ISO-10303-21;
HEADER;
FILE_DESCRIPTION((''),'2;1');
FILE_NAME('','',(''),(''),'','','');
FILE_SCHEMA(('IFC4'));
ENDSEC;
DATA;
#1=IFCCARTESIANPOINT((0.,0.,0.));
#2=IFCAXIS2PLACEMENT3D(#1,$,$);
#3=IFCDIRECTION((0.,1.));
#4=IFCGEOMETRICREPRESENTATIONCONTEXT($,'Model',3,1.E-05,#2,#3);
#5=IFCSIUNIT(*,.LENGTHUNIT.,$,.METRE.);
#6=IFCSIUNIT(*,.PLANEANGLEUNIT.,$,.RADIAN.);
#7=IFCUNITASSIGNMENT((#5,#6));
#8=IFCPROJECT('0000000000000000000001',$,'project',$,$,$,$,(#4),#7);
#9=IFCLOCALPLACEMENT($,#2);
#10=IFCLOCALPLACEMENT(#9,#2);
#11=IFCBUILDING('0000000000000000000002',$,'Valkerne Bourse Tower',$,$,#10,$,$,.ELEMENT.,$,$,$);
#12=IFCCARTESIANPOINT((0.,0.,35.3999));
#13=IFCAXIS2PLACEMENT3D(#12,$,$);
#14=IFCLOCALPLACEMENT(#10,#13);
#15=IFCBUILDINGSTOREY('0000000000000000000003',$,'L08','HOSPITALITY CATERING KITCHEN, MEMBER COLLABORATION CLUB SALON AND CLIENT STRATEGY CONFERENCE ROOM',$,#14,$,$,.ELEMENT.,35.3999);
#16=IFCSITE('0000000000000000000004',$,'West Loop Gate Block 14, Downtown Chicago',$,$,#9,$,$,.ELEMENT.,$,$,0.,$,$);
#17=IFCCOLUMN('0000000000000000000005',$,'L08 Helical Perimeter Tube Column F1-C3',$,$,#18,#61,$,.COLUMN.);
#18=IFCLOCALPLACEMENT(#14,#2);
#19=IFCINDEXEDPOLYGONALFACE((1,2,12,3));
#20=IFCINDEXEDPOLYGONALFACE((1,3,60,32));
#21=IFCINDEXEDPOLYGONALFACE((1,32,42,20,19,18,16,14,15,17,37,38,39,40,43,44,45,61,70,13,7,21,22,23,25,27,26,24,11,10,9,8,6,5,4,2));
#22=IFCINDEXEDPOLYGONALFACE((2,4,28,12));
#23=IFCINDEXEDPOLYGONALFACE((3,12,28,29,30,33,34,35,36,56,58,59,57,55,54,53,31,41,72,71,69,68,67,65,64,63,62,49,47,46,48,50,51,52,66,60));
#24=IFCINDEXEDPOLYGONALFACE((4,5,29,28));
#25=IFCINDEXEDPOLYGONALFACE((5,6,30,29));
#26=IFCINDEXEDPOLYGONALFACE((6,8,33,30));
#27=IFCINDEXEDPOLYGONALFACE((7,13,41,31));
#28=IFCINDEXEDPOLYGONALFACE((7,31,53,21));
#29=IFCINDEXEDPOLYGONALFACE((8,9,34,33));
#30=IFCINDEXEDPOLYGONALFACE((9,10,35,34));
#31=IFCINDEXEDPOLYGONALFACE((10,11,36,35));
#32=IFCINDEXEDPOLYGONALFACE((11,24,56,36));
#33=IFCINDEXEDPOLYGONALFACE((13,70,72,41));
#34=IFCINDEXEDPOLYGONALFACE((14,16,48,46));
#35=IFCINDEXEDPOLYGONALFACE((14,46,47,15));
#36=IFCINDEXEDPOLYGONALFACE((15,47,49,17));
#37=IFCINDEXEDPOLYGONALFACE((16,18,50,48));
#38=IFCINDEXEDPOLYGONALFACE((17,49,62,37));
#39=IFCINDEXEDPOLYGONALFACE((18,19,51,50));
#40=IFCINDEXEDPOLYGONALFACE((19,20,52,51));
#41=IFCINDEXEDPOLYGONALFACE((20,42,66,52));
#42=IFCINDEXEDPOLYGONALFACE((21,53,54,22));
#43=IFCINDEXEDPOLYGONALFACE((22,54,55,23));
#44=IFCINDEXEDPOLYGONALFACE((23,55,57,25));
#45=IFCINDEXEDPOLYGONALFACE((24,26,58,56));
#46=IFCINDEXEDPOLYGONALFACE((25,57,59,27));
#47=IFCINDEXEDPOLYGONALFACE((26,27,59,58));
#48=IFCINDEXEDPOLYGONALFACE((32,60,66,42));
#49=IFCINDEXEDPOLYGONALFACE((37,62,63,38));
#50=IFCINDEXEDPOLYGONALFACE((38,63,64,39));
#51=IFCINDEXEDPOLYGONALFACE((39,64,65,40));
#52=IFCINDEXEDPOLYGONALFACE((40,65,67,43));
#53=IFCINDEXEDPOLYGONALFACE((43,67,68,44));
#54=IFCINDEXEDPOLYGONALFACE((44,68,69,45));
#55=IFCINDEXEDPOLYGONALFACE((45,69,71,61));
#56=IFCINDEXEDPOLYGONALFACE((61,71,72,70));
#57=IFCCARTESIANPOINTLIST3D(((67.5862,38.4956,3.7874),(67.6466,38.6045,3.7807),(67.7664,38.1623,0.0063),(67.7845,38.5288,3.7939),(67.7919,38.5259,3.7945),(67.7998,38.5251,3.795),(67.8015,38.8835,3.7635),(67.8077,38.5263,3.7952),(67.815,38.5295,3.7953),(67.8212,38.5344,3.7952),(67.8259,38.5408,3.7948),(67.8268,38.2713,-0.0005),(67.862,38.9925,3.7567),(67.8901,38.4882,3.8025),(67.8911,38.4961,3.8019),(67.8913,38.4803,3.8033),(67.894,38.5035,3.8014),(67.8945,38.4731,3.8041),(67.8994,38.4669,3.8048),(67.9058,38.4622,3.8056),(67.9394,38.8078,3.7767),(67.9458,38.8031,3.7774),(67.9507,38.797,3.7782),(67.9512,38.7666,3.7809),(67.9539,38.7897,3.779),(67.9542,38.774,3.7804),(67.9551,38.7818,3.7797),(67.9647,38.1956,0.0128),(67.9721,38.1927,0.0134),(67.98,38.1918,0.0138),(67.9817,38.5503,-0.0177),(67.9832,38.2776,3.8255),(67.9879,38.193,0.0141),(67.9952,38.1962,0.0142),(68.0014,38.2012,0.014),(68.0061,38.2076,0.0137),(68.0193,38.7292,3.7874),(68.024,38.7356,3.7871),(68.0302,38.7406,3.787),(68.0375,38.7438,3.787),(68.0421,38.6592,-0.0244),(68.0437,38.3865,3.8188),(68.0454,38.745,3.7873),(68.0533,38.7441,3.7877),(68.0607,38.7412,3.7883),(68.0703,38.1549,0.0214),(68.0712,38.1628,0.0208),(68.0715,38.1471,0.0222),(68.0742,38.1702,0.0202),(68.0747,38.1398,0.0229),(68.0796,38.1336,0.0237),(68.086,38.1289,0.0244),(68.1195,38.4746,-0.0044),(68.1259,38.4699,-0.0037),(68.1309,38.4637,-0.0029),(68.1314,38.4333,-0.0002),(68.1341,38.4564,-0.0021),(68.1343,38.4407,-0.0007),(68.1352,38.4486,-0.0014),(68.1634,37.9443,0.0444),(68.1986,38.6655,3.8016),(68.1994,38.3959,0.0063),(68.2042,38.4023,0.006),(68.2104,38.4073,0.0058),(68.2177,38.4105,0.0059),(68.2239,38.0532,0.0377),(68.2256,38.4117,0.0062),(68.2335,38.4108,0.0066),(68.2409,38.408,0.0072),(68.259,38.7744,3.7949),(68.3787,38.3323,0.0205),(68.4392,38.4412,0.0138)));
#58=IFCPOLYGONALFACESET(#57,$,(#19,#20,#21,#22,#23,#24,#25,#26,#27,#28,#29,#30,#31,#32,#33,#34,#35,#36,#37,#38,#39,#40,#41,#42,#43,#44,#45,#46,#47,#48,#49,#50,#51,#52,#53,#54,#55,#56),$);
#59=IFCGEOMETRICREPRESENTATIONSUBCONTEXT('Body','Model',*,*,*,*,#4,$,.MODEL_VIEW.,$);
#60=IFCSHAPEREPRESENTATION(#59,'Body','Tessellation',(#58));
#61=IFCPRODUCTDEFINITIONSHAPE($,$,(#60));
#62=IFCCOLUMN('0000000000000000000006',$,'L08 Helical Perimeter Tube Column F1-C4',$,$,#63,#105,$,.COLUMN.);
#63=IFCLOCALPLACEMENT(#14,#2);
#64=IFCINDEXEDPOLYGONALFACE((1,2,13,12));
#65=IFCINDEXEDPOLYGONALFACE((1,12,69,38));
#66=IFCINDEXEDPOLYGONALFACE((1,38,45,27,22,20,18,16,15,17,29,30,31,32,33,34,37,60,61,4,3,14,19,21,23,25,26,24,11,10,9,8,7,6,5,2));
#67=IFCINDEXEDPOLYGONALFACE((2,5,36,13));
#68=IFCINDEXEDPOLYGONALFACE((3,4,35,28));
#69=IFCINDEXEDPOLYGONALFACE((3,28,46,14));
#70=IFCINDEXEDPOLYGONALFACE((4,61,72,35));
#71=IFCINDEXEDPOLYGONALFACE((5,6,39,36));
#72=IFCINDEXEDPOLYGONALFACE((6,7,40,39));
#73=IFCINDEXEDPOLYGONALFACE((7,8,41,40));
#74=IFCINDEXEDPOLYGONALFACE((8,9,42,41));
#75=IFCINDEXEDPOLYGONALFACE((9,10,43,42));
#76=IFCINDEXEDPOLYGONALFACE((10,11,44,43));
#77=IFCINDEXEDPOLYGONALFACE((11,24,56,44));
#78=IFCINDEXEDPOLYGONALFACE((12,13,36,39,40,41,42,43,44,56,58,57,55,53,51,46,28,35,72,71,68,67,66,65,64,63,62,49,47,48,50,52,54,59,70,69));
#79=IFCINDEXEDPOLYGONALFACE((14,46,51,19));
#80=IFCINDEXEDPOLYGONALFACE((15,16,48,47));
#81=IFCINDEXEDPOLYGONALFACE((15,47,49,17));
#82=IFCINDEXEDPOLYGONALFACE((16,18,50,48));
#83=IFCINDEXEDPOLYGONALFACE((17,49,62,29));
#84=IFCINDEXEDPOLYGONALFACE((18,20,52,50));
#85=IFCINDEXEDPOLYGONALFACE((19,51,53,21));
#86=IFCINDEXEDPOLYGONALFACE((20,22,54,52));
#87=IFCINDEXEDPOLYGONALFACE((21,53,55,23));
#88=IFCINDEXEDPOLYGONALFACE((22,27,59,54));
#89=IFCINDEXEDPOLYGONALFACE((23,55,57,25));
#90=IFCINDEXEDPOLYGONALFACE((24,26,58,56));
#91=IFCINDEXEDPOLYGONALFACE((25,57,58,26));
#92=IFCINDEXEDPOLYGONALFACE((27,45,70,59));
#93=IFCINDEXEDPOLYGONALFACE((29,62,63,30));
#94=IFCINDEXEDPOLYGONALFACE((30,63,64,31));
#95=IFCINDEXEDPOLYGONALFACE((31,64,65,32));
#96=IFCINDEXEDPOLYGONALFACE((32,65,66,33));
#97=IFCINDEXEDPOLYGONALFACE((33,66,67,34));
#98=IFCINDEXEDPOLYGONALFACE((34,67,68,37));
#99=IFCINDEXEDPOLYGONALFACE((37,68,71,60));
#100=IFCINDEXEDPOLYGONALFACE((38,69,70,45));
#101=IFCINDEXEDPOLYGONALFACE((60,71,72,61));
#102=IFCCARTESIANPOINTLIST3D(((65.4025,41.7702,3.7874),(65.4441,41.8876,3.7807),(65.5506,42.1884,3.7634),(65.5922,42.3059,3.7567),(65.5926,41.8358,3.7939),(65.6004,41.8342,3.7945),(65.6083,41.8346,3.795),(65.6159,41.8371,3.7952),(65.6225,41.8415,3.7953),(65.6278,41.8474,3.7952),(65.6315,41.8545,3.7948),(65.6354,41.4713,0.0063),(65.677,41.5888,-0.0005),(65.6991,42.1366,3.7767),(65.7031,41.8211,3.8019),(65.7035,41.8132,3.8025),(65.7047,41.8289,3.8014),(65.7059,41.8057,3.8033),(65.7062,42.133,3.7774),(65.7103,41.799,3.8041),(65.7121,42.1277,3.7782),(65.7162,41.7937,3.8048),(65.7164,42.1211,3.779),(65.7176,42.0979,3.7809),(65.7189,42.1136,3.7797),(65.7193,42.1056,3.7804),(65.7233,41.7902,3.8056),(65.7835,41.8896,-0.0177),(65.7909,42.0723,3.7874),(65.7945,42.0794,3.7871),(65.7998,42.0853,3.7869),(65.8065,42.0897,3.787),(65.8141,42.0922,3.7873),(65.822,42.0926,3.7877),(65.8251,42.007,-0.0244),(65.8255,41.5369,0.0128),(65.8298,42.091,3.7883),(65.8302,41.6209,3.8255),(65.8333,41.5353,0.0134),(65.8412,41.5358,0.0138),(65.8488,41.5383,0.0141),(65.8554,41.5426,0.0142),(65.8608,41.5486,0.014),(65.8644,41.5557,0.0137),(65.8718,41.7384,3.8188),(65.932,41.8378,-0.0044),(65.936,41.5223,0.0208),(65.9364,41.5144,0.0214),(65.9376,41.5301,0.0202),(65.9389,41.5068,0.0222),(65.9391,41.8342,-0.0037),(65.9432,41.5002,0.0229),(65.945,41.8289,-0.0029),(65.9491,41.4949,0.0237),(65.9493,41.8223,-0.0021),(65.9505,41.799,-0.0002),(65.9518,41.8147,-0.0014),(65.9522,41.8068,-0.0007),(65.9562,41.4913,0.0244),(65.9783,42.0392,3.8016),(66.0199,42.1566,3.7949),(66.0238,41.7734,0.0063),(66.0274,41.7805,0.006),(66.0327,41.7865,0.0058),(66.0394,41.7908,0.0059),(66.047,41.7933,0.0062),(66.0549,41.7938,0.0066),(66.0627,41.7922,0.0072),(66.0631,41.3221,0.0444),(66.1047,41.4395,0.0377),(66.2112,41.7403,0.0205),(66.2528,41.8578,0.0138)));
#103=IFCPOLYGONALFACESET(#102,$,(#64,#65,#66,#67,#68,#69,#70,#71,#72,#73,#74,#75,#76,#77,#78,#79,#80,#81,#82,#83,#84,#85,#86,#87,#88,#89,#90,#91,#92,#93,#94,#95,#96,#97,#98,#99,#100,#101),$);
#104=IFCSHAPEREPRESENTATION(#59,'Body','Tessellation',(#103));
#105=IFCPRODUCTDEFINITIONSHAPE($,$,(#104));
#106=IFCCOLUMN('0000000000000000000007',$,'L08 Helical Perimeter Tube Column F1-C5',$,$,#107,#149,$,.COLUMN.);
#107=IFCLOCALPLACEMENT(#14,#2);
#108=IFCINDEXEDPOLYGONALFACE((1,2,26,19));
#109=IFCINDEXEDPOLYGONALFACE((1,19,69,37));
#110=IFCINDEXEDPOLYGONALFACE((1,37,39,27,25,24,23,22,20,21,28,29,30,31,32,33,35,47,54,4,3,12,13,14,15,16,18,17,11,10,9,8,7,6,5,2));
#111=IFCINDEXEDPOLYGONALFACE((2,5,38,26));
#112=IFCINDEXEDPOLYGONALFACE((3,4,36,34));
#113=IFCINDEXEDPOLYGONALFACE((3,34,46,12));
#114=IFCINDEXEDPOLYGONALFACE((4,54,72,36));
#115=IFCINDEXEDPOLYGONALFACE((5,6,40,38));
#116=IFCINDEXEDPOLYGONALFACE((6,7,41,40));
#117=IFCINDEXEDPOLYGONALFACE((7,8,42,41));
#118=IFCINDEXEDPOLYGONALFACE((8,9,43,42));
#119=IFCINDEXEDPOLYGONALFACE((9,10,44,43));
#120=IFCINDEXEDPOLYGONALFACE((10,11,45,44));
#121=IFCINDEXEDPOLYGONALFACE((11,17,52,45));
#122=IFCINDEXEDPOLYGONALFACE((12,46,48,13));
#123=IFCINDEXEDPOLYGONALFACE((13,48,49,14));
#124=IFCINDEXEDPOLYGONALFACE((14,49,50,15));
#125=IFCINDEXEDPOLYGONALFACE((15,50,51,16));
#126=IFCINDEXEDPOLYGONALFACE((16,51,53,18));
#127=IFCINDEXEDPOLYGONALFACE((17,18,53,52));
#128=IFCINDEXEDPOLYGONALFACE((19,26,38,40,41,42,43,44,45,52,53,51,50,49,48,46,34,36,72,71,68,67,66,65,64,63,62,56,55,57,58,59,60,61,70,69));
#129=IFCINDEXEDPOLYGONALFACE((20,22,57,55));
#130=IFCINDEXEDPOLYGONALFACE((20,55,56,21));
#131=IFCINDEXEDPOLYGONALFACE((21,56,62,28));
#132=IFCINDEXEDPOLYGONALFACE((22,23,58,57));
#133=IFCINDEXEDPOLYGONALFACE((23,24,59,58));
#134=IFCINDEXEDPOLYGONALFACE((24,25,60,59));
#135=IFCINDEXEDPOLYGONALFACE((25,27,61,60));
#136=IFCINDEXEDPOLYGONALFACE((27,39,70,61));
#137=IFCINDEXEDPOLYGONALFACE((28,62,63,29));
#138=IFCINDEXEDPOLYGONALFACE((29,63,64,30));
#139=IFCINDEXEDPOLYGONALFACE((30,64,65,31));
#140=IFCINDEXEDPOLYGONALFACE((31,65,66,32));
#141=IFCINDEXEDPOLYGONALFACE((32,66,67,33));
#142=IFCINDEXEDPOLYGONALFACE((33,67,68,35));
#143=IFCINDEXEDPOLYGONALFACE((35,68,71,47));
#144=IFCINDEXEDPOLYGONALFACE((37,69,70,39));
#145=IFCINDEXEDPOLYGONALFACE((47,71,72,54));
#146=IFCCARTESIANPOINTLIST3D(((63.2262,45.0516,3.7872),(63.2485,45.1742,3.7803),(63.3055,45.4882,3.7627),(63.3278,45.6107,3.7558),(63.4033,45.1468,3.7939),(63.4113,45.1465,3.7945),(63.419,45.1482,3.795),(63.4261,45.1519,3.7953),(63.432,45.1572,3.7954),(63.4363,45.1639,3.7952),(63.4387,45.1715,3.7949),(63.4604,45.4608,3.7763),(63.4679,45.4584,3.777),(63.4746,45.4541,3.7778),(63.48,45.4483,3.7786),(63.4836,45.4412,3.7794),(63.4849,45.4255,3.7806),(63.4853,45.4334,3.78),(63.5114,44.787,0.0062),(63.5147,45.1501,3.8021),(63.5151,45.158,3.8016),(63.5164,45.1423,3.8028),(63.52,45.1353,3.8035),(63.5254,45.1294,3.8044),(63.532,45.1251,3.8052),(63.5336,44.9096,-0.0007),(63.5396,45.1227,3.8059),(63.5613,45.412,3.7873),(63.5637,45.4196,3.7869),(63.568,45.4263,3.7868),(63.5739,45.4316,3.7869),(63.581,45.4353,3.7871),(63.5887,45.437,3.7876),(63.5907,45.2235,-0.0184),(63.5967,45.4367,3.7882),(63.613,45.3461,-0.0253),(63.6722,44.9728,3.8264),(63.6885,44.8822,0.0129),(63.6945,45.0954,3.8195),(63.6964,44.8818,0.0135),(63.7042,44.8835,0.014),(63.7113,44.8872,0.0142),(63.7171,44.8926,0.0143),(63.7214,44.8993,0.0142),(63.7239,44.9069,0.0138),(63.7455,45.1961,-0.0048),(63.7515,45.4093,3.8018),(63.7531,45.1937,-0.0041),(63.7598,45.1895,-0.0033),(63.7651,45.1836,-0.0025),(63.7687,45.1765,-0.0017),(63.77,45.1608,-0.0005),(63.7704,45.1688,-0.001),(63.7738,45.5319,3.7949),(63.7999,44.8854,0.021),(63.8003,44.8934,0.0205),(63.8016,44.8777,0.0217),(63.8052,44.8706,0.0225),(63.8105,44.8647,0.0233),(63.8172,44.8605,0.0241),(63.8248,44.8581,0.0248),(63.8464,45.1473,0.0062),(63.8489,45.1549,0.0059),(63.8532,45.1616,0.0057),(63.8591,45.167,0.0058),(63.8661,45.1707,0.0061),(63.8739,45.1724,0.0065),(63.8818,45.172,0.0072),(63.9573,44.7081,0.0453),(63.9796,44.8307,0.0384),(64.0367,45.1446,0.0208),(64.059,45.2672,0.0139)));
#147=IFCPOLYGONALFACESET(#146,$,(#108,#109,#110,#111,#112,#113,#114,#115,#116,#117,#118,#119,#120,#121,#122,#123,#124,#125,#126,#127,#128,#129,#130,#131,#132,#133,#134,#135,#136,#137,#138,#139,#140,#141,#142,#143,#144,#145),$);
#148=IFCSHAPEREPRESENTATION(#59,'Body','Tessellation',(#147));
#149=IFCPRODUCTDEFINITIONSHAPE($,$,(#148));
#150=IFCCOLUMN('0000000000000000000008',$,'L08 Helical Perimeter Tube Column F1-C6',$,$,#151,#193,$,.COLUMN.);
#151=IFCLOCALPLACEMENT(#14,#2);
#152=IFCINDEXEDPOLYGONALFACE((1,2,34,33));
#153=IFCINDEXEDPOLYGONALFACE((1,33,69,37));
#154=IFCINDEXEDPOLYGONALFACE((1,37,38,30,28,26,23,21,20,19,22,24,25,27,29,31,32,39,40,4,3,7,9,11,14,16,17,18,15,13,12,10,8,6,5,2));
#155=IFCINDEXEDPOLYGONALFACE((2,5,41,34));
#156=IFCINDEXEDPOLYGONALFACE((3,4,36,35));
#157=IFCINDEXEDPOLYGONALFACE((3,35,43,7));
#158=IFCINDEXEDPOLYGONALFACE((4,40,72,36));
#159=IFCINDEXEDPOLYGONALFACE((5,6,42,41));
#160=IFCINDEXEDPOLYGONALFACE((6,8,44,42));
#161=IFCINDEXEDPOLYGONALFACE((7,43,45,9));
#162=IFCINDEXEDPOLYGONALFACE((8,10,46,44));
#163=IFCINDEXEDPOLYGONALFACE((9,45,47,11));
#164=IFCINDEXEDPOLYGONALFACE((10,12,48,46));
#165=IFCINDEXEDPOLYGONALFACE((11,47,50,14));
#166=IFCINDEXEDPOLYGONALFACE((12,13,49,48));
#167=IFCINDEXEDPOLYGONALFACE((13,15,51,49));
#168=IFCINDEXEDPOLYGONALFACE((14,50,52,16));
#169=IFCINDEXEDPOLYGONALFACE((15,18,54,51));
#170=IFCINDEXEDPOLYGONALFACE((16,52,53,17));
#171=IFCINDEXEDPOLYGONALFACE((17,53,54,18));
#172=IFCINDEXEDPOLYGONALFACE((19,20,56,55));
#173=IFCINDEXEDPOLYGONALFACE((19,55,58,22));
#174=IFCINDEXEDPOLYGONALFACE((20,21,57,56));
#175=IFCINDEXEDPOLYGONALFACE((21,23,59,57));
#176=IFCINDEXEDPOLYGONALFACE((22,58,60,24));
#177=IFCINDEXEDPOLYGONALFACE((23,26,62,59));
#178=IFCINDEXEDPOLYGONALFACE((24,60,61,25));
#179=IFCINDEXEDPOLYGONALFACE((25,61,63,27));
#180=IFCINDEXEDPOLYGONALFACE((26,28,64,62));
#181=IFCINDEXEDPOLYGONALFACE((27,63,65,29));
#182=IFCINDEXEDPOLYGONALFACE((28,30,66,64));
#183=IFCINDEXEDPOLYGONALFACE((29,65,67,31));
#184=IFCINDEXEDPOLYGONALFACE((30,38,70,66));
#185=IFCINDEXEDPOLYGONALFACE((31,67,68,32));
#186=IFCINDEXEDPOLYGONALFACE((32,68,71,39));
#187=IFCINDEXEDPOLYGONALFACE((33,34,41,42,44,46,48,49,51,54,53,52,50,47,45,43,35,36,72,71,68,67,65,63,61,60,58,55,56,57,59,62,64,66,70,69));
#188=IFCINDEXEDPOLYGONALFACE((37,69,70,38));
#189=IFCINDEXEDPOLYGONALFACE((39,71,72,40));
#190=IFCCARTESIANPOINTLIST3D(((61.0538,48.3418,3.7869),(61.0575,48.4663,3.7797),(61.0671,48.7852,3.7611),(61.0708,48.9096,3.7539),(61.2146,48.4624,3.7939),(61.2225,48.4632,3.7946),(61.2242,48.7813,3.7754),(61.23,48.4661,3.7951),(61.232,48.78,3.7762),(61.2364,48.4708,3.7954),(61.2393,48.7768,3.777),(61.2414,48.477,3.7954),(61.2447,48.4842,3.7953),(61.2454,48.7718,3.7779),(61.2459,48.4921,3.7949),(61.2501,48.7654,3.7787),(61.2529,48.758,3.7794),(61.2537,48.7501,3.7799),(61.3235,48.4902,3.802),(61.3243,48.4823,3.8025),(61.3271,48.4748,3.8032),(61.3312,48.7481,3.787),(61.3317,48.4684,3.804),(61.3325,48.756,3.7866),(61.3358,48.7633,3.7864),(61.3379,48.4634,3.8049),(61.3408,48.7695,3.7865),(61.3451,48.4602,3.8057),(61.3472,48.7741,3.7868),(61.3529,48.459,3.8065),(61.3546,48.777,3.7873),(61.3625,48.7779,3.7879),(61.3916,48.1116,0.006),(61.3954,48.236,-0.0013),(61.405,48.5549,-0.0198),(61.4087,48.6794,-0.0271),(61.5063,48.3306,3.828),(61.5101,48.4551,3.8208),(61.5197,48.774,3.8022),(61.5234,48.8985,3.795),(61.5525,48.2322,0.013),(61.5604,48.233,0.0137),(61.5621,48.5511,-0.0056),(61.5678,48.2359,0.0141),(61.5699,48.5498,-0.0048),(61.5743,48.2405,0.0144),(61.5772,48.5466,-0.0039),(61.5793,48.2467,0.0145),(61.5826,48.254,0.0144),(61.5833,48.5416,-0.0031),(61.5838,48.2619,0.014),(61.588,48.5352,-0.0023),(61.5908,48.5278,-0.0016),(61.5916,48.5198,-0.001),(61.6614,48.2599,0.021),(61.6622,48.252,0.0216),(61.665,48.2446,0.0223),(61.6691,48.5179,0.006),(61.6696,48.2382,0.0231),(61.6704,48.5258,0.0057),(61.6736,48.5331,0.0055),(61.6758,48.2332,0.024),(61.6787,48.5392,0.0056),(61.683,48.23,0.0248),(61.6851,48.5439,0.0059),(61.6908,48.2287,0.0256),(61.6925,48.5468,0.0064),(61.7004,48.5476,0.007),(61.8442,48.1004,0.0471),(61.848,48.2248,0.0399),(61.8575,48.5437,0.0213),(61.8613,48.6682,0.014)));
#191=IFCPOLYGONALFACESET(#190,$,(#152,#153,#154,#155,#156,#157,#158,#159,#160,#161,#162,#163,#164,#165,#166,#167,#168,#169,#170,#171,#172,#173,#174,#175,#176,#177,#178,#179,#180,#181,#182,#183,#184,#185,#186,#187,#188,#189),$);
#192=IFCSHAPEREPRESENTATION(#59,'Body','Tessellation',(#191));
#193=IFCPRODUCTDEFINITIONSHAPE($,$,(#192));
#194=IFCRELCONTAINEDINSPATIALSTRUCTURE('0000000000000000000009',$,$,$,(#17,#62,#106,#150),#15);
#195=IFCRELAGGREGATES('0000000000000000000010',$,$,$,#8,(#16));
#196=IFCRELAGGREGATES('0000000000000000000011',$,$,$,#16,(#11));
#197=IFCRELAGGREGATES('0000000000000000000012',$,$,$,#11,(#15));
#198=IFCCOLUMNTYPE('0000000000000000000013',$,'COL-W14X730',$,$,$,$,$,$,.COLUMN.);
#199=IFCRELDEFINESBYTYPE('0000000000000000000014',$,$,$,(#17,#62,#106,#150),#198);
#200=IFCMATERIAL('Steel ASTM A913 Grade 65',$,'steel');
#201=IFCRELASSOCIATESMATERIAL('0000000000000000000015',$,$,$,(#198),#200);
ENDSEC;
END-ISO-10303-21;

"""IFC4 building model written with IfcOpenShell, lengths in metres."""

from ifc_helpers import new_model, si_unit, direction, frame, origin, origin_2d, place, context, subcontext, project, spatial, i_section, extrude, material, material_profile, profile_set, type_object, element, save


model = new_model("IFC4")

# Units and contexts
model_context = context("Model", 3, precision=1e-05, world=origin(), true_north=direction((0.0, 1.0)))
body_context = subcontext(model_context, "Body", "Model", "MODEL_VIEW")
ifc_project = project(units=[si_unit("LENGTHUNIT", "METRE"), si_unit("PLANEANGLEUNIT", "RADIAN")], contexts=[model_context])

# Site, building, storey
site_placement = place(None, origin())
site = spatial("IfcSite", under=ifc_project, at=site_placement, Name="West Loop Gate Block 14, Downtown Chicago", CompositionType="ELEMENT", RefElevation=0.0)
building_placement = place(site_placement, origin())
building = spatial("IfcBuilding", under=site, at=building_placement, Name="Valkerne Bourse Tower", CompositionType="ELEMENT")
storey_placement = place(building_placement, frame((0.0, 0.0, 35.3999)))
storey = spatial("IfcBuildingStorey", under=building, at=storey_placement, Name="L08", Description="HOSPITALITY CATERING KITCHEN, MEMBER COLLABORATION CLUB SALON AND CLIENT STRATEGY CONFERENCE ROOM", CompositionType="ELEMENT", Elevation=35.3999)

# Columns
ifc_material_1 = material(Name="Steel ASTM A913 Grade 65", Category="steel")
ifc_material_profile_1 = material_profile(ifc_material_1, i_section(OverallWidth=0.4546, OverallDepth=0.5691, WebThickness=0.0779, FlangeThickness=0.1248, FilletRadius=0.0305, at=origin_2d()), Name="W14X730")
ifc_profile_set_1 = profile_set([ifc_material_profile_1], Name="Steel ASTM A913 Grade 65")
column_type = type_object("IfcColumnType", Name="COL-W14X730", PredefinedType="COLUMN", material=ifc_profile_set_1)
for number, where, z_axis, x_axis, name in (
    (1, (68.1028, 38.3018, 0.01), (-0.047415, 0.087699, 0.995018), (0.873456, -0.479621, 0.083896), "L08 Helical Perimeter Tube Column F1-C3"),
    (2, (65.9441, 41.6646, 0.01), (-0.061293, 0.07864, 0.995017), (0.940838, -0.328306, 0.083903), "L08 Helical Perimeter Tube Column F1-C4"),
):
    element("IfcColumn", number, at=place(storey_placement, frame(where, z_axis=z_axis, x_axis=x_axis)), inside=storey, type_object=column_type, Name=name, PredefinedType="COLUMN", context=body_context, shape_type="SweptSolid", body=[
        extrude(i_section(OverallWidth=0.4546, OverallDepth=0.5691, WebThickness=0.0779, FlangeThickness=0.1248, FilletRadius=0.0305, at=origin_2d()), origin(), (0.0, 0.0, 1.0), 3.8),
    ])
column_1_placement = place(storey_placement, frame((63.7852, 45.0271, 0.01), z_axis=(-0.075022, 0.069627, 0.994748), x_axis=(0.981068, -0.173457, 0.086131)))
element("IfcColumn", 3, at=column_1_placement, inside=storey, type_object=column_type, Name="L08 Helical Perimeter Tube Column F1-C5", PredefinedType="COLUMN", context=body_context, shape_type="SweptSolid", body=[
    extrude(i_section(OverallWidth=0.4546, OverallDepth=0.5691, WebThickness=0.0779, FlangeThickness=0.1248, FilletRadius=0.0305, at=origin_2d()), origin(), (0.0, 0.0, 1.0), 3.801),
])
for number, where, z_axis, x_axis, name in (
    (4, (61.6265, 48.3899, 0.01), (-0.088847, 0.060537, 0.994204), (0.995594, -0.024632, 0.090471), "L08 Helical Perimeter Tube Column F1-C6"),
):
    element("IfcColumn", number, at=place(storey_placement, frame(where, z_axis=z_axis, x_axis=x_axis)), inside=storey, type_object=column_type, Name=name, PredefinedType="COLUMN", context=body_context, shape_type="SweptSolid", body=[
        extrude(i_section(OverallWidth=0.4546, OverallDepth=0.5691, WebThickness=0.0779, FlangeThickness=0.1248, FilletRadius=0.0305, at=origin_2d()), origin(), (0.0, 0.0, 1.0), 3.803),
    ])

save(model, "model.ifc")
